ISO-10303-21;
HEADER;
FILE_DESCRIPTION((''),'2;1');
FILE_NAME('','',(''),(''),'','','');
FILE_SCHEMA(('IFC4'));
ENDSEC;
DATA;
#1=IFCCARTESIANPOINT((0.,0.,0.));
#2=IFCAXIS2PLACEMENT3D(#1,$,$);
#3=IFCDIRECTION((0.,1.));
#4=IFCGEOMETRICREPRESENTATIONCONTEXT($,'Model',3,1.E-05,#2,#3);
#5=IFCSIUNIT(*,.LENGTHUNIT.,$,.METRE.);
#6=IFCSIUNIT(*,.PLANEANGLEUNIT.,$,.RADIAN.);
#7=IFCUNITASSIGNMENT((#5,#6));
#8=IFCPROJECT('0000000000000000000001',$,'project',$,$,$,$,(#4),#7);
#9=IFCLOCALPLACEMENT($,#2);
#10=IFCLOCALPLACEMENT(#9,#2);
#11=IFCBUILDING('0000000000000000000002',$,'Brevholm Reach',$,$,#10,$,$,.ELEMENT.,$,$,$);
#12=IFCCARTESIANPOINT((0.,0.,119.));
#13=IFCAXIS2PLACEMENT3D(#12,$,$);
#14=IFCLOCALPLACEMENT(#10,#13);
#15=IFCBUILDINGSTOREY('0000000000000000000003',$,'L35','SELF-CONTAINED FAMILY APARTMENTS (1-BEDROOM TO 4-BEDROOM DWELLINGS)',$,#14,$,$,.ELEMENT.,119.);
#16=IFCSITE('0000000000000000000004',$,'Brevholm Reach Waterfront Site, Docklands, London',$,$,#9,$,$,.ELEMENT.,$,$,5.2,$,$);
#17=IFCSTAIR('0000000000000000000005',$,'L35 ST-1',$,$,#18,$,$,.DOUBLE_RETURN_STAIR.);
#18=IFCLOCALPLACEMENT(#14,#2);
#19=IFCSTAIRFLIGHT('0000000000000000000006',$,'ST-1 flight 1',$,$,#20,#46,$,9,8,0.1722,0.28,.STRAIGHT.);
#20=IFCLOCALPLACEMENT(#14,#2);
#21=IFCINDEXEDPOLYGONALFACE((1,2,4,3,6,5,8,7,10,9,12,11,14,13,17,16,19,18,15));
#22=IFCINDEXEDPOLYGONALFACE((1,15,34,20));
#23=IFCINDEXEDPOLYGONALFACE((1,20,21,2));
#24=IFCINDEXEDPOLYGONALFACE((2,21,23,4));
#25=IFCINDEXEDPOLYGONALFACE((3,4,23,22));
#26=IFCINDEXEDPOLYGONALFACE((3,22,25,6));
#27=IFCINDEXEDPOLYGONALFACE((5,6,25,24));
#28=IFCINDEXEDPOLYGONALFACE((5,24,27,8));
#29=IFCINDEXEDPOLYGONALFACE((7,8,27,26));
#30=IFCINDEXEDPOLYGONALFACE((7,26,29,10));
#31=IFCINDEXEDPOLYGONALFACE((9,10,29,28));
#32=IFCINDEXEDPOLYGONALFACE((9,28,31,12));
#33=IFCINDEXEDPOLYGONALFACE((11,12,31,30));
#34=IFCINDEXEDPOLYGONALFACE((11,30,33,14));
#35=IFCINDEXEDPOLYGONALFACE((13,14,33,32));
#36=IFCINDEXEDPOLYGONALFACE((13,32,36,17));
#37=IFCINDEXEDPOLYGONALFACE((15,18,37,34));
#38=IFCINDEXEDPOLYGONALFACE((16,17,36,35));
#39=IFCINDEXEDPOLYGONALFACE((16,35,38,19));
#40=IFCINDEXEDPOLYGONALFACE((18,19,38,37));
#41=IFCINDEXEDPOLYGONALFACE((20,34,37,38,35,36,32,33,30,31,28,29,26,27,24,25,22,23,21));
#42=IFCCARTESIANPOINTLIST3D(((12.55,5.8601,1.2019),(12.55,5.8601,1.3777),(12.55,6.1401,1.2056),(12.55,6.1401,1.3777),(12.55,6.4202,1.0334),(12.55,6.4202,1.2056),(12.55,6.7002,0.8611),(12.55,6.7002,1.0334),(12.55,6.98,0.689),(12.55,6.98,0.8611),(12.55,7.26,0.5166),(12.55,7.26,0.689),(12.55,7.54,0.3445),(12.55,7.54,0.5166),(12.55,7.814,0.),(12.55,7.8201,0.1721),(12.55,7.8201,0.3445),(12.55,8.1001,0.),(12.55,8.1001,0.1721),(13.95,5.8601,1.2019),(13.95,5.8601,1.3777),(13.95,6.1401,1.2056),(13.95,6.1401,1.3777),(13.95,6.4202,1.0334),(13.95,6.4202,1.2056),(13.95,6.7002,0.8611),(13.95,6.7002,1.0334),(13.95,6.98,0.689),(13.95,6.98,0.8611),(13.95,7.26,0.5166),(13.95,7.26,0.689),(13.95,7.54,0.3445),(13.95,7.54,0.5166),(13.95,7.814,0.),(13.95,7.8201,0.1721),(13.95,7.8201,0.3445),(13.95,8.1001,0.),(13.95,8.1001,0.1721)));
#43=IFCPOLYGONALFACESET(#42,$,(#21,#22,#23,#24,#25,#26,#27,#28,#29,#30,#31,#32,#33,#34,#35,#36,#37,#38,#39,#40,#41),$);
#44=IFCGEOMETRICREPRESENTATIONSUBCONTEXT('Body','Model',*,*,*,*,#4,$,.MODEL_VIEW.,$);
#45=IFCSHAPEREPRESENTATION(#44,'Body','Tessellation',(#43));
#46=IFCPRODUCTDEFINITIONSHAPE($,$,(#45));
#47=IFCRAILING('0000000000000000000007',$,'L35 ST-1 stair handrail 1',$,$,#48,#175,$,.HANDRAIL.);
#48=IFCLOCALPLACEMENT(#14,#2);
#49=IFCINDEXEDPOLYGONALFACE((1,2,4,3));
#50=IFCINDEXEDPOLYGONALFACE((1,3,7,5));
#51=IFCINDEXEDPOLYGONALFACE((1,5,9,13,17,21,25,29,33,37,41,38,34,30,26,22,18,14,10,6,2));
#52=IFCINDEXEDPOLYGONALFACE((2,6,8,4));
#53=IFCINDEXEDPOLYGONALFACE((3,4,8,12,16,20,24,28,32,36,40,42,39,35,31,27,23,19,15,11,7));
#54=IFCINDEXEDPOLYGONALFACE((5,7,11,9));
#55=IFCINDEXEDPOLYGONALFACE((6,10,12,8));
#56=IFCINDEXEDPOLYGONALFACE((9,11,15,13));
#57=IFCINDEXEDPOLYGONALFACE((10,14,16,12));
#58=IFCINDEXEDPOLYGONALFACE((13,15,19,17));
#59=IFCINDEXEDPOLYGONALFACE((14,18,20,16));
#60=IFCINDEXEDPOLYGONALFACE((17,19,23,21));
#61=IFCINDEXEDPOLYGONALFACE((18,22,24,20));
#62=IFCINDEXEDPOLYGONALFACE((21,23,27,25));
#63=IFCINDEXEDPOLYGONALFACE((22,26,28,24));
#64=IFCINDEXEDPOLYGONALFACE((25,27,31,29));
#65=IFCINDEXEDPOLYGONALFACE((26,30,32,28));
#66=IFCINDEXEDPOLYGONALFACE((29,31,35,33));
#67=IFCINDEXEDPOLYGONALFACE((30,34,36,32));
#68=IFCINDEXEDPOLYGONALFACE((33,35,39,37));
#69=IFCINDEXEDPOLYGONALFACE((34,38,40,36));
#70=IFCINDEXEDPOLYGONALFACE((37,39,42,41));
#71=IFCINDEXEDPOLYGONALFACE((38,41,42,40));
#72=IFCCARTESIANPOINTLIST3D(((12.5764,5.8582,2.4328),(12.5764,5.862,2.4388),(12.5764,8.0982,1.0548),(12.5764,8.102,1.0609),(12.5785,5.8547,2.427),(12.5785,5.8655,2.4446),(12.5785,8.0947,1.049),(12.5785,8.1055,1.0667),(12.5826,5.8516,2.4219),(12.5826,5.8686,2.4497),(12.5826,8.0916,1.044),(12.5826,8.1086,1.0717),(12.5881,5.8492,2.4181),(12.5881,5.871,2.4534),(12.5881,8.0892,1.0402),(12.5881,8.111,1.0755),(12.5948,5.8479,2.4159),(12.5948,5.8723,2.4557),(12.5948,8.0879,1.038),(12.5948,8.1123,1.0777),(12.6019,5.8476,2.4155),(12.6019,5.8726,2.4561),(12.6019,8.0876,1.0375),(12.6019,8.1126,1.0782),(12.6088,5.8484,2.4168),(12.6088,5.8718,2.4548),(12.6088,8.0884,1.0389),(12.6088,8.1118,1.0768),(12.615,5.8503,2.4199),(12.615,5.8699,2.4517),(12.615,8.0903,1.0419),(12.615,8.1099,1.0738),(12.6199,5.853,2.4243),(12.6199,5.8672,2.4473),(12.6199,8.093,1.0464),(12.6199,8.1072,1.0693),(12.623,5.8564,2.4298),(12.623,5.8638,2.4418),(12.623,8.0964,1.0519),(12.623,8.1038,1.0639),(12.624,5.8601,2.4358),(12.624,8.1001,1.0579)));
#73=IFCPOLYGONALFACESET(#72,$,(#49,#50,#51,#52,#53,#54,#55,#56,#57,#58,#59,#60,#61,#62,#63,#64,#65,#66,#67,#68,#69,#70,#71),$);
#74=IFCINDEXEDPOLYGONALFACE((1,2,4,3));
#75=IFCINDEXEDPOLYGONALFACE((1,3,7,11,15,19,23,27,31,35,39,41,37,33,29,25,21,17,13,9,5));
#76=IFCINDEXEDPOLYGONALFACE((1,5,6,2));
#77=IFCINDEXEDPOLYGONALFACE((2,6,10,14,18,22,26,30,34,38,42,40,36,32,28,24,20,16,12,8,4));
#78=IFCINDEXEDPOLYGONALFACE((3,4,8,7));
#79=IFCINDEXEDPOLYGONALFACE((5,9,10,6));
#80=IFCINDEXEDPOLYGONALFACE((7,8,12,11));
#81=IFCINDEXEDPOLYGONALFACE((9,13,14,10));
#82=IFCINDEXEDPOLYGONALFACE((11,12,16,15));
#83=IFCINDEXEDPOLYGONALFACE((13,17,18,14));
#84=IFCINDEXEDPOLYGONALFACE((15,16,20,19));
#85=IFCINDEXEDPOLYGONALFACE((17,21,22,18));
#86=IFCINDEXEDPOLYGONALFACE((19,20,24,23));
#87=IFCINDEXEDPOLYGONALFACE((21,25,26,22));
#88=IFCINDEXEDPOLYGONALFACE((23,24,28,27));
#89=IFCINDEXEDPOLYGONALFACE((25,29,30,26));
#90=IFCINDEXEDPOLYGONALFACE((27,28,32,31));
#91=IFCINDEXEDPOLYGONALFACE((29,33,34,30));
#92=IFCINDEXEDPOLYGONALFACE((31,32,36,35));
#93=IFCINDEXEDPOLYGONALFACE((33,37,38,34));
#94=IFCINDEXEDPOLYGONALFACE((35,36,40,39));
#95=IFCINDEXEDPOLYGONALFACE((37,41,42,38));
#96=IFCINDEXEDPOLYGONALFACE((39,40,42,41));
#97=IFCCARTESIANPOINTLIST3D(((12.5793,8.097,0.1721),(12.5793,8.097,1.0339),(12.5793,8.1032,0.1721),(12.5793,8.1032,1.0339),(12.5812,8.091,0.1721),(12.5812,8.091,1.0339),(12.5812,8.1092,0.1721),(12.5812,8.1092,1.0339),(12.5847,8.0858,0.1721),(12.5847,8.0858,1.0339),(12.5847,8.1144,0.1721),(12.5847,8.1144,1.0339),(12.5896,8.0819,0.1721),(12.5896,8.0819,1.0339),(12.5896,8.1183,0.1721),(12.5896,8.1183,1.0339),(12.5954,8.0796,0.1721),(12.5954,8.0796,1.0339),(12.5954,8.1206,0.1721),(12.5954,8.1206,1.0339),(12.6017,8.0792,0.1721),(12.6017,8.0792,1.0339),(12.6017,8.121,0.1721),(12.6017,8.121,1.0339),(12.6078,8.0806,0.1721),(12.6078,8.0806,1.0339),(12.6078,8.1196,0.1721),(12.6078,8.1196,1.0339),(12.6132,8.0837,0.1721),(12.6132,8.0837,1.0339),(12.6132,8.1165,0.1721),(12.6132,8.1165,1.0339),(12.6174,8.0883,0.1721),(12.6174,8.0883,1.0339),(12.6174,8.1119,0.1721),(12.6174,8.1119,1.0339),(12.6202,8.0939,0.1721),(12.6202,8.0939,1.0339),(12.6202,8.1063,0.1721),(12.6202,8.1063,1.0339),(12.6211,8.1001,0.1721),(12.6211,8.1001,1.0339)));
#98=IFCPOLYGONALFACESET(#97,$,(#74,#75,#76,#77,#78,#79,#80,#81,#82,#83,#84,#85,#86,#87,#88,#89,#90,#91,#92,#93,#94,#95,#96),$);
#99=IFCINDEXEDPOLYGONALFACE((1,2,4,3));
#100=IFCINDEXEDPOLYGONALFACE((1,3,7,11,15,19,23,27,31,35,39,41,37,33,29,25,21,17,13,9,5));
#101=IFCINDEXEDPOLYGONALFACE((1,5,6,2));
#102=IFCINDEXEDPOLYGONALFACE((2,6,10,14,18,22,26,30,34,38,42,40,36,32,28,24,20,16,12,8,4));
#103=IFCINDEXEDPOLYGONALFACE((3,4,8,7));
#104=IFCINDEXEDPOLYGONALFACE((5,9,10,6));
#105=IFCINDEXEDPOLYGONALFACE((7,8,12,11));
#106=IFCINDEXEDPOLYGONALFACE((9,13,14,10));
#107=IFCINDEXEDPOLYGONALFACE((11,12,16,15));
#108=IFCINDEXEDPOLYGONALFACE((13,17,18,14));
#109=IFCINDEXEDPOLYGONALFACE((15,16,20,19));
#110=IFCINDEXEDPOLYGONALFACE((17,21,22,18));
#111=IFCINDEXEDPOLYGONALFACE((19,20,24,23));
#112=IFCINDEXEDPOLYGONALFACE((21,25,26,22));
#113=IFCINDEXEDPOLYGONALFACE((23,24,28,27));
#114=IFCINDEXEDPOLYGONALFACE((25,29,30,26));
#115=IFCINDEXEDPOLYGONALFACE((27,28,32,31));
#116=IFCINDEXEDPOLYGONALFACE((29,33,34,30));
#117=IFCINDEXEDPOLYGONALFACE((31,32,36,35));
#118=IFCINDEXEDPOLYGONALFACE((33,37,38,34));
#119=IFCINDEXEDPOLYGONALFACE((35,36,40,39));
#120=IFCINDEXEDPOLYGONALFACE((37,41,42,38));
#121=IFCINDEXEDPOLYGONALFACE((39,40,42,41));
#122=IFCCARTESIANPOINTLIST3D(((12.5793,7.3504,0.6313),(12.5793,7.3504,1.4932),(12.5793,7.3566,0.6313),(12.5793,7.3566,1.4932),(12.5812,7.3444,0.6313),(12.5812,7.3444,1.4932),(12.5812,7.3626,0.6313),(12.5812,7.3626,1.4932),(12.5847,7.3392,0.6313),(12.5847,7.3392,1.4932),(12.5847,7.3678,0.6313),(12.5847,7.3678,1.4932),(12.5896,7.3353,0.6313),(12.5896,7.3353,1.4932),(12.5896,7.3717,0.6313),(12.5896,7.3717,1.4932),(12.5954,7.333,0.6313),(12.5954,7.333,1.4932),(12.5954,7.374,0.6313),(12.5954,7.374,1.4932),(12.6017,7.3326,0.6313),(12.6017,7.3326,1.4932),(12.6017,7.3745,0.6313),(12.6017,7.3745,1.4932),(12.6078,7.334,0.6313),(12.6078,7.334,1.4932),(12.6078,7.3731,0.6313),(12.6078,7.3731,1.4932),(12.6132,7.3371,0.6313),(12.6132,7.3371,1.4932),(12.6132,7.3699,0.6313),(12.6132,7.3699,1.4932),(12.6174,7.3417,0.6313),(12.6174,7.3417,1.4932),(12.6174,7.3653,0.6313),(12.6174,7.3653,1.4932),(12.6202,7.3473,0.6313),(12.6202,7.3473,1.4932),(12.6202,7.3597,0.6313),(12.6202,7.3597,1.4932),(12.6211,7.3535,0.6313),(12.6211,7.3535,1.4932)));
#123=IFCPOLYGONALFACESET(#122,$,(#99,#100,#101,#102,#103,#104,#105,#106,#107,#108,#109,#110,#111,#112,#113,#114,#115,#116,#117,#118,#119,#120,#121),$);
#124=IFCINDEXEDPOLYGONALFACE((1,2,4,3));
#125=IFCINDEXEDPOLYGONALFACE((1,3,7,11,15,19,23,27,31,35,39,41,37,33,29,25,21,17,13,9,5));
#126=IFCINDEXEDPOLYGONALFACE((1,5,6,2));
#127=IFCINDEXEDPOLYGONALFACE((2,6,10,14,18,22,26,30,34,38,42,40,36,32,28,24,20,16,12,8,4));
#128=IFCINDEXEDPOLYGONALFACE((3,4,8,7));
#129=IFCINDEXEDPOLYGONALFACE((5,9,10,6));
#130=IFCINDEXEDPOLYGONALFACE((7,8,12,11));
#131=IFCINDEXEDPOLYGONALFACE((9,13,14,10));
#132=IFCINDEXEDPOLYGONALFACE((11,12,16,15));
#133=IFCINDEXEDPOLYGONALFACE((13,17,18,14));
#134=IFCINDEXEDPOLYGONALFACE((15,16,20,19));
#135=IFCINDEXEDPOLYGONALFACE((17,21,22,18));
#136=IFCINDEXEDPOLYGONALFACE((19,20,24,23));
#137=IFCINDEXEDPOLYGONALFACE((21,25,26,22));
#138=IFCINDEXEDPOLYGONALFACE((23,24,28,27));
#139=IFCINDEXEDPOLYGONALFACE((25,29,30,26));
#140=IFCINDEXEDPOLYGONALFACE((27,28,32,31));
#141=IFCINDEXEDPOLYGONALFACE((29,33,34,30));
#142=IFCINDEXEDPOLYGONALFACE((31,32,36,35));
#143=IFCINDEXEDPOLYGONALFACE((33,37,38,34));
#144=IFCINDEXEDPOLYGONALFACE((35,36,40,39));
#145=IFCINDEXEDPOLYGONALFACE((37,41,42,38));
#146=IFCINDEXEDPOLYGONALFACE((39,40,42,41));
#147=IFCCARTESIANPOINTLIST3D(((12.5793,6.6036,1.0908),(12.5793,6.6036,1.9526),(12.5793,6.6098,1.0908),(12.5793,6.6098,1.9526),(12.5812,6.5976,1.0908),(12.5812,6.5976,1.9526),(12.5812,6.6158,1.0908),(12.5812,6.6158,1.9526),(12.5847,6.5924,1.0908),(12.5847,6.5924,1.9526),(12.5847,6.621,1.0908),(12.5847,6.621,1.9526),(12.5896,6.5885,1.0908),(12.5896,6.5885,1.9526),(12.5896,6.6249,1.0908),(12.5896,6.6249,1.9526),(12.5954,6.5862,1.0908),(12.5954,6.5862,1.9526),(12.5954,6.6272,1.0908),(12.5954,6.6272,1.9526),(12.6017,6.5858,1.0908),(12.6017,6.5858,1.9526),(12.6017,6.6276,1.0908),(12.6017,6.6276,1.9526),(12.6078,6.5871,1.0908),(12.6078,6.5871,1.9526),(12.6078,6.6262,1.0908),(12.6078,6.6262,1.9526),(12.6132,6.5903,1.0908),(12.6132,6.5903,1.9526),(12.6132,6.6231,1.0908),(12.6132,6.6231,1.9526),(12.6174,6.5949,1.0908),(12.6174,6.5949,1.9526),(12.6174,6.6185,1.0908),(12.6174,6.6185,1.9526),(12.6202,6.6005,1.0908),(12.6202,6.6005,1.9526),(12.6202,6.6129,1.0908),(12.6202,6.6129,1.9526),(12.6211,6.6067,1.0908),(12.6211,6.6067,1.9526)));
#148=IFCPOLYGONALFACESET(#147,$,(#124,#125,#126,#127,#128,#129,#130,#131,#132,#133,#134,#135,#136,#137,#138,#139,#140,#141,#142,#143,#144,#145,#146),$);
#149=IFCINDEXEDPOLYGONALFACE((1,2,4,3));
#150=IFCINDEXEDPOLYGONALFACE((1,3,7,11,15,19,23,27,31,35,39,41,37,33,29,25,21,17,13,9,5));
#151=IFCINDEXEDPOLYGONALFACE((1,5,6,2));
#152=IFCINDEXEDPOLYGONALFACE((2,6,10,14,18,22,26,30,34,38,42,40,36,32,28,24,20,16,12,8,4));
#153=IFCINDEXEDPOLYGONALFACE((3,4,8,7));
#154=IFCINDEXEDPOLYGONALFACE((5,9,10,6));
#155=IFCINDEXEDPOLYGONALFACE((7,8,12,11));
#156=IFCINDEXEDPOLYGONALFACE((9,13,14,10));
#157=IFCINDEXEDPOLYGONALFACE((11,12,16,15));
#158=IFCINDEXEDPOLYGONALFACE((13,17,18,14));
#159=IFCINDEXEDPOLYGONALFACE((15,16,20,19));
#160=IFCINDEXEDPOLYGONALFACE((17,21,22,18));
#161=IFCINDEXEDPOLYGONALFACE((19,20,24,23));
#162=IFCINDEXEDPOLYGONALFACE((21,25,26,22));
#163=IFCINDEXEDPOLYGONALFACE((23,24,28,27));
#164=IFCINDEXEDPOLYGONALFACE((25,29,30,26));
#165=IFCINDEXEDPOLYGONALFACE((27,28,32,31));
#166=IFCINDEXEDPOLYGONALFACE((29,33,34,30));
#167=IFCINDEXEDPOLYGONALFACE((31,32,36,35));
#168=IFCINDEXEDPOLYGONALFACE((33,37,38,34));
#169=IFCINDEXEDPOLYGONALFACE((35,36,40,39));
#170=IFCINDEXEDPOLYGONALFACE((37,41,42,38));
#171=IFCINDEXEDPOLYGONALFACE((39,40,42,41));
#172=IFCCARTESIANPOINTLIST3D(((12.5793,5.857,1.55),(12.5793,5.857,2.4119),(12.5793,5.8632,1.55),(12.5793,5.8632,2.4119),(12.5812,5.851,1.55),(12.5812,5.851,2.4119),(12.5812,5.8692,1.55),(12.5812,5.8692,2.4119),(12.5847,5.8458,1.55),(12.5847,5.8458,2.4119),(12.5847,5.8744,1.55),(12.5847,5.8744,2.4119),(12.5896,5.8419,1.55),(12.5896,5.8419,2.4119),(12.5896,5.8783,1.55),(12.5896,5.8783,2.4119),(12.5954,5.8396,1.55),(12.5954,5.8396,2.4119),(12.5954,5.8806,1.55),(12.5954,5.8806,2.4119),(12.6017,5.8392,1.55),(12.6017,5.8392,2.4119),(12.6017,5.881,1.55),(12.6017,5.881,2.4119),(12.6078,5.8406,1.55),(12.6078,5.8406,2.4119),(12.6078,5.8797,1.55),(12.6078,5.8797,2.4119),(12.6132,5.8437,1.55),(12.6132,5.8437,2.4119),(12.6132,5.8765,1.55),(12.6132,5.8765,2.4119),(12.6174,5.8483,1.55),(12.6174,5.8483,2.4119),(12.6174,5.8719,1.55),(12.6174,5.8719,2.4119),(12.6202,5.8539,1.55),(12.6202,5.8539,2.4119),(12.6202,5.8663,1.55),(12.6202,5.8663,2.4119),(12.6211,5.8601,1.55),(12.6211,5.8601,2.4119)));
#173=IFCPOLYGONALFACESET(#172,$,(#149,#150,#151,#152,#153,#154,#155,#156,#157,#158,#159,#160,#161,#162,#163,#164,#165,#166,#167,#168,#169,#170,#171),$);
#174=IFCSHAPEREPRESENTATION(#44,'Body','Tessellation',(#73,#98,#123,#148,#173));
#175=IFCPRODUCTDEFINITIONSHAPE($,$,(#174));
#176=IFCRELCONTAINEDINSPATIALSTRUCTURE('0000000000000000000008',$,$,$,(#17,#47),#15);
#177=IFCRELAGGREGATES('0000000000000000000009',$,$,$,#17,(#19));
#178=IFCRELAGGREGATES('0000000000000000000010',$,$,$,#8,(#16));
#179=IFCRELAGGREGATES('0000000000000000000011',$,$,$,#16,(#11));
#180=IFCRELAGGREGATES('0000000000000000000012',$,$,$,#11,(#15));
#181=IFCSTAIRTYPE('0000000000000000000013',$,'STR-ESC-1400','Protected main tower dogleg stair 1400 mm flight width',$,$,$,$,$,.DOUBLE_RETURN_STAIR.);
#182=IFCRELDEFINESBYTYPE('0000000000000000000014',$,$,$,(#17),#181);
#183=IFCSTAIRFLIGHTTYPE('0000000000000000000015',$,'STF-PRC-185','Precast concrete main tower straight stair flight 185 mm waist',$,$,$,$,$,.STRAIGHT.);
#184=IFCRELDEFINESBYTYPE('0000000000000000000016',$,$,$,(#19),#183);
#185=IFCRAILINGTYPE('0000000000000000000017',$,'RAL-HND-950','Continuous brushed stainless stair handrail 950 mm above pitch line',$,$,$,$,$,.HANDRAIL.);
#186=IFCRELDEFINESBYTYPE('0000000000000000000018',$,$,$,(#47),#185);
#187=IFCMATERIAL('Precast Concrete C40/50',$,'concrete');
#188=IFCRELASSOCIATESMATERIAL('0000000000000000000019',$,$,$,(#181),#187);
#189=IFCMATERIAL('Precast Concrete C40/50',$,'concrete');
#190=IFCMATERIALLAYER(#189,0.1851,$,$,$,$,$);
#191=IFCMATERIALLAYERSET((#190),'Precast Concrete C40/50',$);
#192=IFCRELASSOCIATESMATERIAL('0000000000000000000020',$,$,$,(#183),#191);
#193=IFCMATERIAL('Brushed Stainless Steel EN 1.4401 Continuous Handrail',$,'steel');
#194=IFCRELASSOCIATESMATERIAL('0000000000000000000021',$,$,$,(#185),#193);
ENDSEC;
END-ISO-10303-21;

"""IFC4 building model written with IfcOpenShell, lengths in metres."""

from ifc_helpers import new_model, si_unit, direction, frame, origin, origin_2d, place, context, subcontext, project, spatial, polyline, circle, outline, extrude, material, layer, layer_set, type_object, element, aggregate, save


model = new_model("IFC4")

# Units and contexts
model_context = context("Model", 3, precision=1e-05, world=origin(), true_north=direction((0.0, 1.0)))
body_context = subcontext(model_context, "Body", "Model", "MODEL_VIEW")
ifc_project = project(units=[si_unit("LENGTHUNIT", "METRE"), si_unit("PLANEANGLEUNIT", "RADIAN")], contexts=[model_context])

# Site, building, storey
site_placement = place(None, origin())
site = spatial("IfcSite", under=ifc_project, at=site_placement, Name="Brevholm Reach Waterfront Site, Docklands, London", CompositionType="ELEMENT", RefElevation=5.2)
building_placement = place(site_placement, origin())
building = spatial("IfcBuilding", under=site, at=building_placement, Name="Brevholm Reach", CompositionType="ELEMENT")
storey_placement = place(building_placement, frame((0.0, 0.0, 119.0)))
storey = spatial("IfcBuildingStorey", under=building, at=storey_placement, Name="L35", Description="SELF-CONTAINED FAMILY APARTMENTS (1-BEDROOM TO 4-BEDROOM DWELLINGS)", CompositionType="ELEMENT", Elevation=119.0)

# Stair, stair flight
ifc_material_1 = material(Name="Precast Concrete C40/50", Category="concrete")
stair_type = type_object("IfcStairType", Name="STR-ESC-1400", Description="Protected main tower dogleg stair 1400 mm flight width", PredefinedType="DOUBLE_RETURN_STAIR", material=ifc_material_1)
stair_placement = place(storey_placement, origin())
stair = element("IfcStair", 1, at=stair_placement, inside=storey, type_object=stair_type, Name="L35 ST-1", PredefinedType="DOUBLE_RETURN_STAIR")
ifc_material_2 = material(Name="Precast Concrete C40/50", Category="concrete")
ifc_layer_1 = layer(ifc_material_2, 0.1851)
ifc_layer_set_1 = layer_set([ifc_layer_1], Name="Precast Concrete C40/50")
stair_flight_type = type_object("IfcStairFlightType", Name="STF-PRC-185", Description="Precast concrete main tower straight stair flight 185 mm waist", PredefinedType="STRAIGHT", material=ifc_layer_set_1)
stair_flight_placement = place(storey_placement, frame((13.25, 8.1001, 0.0), z_axis=(0.0, 0.0, 1.0), x_axis=(0.0, -1.0, 0.0)))
stair_flight = element("IfcStairFlight", 2, at=stair_flight_placement, type_object=stair_flight_type, Name="ST-1 flight 1", NumberOfRisers=9, NumberOfTreads=8, PredefinedType="STRAIGHT", RiserHeight=0.1722, TreadLength=0.28, context=body_context, shape_type="SweptSolid", body=[
    extrude(outline(polyline([(0.0, 0.0), (0.0, 0.1721), (0.28, 0.1721), (0.28, 0.3445), (0.5601, 0.3445), (0.5601, 0.5166), (0.8401, 0.5166), (0.8401, 0.689), (1.1201, 0.689), (1.1201, 0.8611), (1.3999, 0.8611), (1.3999, 1.0334), (1.6799, 1.0334), (1.6799, 1.2056), (1.96, 1.2056), (1.96, 1.3777), (2.24, 1.3777), (2.24, 1.55), (2.24, 1.2019), (0.2861, 0.0), (0.0, 0.0)])), frame((0.0, 0.7, 0.0), z_axis=(0.0, -1.0, 0.0), x_axis=(1.0, 0.0, 0.0)), (0.0, 0.0, 1.0), 1.3999),
])
aggregate(stair, [stair_flight])

# Railing
ifc_material_3 = material(Name="Brushed Stainless Steel EN 1.4401 Continuous Handrail", Category="steel")
railing_type_1 = type_object("IfcRailingType", Name="RAL-HND-950", Description="Continuous brushed stainless stair handrail 950 mm above pitch line", PredefinedType="HANDRAIL", material=ifc_material_3)
railing_1_placement = place(storey_placement, frame((12.6001, 8.1001, 0.1721)))
element("IfcRailing", 3, at=railing_1_placement, inside=storey, type_object=railing_type_1, Name="L35 ST-1 stair handrail 1", PredefinedType="HANDRAIL", context=body_context, shape_type="SweptSolid", body=[
    extrude(circle(Radius=0.0239, at=origin_2d()), frame((0.0, 0.0, 0.8857), z_axis=(0.0, -0.851748, 0.523952), x_axis=(1.0, 0.0, 0.0)), (0.0, 0.0, 1.0), 2.6299),
    extrude(circle(Radius=0.021, at=origin_2d()), origin(), (0.0, 0.0, 1.0), 0.8618),
    extrude(circle(Radius=0.021, at=origin_2d()), frame((0.0, -0.7466, 0.4592)), (0.0, 0.0, 1.0), 0.8618),
    extrude(circle(Radius=0.021, at=origin_2d()), frame((0.0, -1.4934, 0.9187)), (0.0, 0.0, 1.0), 0.8618),
    extrude(circle(Radius=0.021, at=origin_2d()), frame((0.0, -2.24, 1.3779)), (0.0, 0.0, 1.0), 0.8618),
])

save(model, "model.ifc")
